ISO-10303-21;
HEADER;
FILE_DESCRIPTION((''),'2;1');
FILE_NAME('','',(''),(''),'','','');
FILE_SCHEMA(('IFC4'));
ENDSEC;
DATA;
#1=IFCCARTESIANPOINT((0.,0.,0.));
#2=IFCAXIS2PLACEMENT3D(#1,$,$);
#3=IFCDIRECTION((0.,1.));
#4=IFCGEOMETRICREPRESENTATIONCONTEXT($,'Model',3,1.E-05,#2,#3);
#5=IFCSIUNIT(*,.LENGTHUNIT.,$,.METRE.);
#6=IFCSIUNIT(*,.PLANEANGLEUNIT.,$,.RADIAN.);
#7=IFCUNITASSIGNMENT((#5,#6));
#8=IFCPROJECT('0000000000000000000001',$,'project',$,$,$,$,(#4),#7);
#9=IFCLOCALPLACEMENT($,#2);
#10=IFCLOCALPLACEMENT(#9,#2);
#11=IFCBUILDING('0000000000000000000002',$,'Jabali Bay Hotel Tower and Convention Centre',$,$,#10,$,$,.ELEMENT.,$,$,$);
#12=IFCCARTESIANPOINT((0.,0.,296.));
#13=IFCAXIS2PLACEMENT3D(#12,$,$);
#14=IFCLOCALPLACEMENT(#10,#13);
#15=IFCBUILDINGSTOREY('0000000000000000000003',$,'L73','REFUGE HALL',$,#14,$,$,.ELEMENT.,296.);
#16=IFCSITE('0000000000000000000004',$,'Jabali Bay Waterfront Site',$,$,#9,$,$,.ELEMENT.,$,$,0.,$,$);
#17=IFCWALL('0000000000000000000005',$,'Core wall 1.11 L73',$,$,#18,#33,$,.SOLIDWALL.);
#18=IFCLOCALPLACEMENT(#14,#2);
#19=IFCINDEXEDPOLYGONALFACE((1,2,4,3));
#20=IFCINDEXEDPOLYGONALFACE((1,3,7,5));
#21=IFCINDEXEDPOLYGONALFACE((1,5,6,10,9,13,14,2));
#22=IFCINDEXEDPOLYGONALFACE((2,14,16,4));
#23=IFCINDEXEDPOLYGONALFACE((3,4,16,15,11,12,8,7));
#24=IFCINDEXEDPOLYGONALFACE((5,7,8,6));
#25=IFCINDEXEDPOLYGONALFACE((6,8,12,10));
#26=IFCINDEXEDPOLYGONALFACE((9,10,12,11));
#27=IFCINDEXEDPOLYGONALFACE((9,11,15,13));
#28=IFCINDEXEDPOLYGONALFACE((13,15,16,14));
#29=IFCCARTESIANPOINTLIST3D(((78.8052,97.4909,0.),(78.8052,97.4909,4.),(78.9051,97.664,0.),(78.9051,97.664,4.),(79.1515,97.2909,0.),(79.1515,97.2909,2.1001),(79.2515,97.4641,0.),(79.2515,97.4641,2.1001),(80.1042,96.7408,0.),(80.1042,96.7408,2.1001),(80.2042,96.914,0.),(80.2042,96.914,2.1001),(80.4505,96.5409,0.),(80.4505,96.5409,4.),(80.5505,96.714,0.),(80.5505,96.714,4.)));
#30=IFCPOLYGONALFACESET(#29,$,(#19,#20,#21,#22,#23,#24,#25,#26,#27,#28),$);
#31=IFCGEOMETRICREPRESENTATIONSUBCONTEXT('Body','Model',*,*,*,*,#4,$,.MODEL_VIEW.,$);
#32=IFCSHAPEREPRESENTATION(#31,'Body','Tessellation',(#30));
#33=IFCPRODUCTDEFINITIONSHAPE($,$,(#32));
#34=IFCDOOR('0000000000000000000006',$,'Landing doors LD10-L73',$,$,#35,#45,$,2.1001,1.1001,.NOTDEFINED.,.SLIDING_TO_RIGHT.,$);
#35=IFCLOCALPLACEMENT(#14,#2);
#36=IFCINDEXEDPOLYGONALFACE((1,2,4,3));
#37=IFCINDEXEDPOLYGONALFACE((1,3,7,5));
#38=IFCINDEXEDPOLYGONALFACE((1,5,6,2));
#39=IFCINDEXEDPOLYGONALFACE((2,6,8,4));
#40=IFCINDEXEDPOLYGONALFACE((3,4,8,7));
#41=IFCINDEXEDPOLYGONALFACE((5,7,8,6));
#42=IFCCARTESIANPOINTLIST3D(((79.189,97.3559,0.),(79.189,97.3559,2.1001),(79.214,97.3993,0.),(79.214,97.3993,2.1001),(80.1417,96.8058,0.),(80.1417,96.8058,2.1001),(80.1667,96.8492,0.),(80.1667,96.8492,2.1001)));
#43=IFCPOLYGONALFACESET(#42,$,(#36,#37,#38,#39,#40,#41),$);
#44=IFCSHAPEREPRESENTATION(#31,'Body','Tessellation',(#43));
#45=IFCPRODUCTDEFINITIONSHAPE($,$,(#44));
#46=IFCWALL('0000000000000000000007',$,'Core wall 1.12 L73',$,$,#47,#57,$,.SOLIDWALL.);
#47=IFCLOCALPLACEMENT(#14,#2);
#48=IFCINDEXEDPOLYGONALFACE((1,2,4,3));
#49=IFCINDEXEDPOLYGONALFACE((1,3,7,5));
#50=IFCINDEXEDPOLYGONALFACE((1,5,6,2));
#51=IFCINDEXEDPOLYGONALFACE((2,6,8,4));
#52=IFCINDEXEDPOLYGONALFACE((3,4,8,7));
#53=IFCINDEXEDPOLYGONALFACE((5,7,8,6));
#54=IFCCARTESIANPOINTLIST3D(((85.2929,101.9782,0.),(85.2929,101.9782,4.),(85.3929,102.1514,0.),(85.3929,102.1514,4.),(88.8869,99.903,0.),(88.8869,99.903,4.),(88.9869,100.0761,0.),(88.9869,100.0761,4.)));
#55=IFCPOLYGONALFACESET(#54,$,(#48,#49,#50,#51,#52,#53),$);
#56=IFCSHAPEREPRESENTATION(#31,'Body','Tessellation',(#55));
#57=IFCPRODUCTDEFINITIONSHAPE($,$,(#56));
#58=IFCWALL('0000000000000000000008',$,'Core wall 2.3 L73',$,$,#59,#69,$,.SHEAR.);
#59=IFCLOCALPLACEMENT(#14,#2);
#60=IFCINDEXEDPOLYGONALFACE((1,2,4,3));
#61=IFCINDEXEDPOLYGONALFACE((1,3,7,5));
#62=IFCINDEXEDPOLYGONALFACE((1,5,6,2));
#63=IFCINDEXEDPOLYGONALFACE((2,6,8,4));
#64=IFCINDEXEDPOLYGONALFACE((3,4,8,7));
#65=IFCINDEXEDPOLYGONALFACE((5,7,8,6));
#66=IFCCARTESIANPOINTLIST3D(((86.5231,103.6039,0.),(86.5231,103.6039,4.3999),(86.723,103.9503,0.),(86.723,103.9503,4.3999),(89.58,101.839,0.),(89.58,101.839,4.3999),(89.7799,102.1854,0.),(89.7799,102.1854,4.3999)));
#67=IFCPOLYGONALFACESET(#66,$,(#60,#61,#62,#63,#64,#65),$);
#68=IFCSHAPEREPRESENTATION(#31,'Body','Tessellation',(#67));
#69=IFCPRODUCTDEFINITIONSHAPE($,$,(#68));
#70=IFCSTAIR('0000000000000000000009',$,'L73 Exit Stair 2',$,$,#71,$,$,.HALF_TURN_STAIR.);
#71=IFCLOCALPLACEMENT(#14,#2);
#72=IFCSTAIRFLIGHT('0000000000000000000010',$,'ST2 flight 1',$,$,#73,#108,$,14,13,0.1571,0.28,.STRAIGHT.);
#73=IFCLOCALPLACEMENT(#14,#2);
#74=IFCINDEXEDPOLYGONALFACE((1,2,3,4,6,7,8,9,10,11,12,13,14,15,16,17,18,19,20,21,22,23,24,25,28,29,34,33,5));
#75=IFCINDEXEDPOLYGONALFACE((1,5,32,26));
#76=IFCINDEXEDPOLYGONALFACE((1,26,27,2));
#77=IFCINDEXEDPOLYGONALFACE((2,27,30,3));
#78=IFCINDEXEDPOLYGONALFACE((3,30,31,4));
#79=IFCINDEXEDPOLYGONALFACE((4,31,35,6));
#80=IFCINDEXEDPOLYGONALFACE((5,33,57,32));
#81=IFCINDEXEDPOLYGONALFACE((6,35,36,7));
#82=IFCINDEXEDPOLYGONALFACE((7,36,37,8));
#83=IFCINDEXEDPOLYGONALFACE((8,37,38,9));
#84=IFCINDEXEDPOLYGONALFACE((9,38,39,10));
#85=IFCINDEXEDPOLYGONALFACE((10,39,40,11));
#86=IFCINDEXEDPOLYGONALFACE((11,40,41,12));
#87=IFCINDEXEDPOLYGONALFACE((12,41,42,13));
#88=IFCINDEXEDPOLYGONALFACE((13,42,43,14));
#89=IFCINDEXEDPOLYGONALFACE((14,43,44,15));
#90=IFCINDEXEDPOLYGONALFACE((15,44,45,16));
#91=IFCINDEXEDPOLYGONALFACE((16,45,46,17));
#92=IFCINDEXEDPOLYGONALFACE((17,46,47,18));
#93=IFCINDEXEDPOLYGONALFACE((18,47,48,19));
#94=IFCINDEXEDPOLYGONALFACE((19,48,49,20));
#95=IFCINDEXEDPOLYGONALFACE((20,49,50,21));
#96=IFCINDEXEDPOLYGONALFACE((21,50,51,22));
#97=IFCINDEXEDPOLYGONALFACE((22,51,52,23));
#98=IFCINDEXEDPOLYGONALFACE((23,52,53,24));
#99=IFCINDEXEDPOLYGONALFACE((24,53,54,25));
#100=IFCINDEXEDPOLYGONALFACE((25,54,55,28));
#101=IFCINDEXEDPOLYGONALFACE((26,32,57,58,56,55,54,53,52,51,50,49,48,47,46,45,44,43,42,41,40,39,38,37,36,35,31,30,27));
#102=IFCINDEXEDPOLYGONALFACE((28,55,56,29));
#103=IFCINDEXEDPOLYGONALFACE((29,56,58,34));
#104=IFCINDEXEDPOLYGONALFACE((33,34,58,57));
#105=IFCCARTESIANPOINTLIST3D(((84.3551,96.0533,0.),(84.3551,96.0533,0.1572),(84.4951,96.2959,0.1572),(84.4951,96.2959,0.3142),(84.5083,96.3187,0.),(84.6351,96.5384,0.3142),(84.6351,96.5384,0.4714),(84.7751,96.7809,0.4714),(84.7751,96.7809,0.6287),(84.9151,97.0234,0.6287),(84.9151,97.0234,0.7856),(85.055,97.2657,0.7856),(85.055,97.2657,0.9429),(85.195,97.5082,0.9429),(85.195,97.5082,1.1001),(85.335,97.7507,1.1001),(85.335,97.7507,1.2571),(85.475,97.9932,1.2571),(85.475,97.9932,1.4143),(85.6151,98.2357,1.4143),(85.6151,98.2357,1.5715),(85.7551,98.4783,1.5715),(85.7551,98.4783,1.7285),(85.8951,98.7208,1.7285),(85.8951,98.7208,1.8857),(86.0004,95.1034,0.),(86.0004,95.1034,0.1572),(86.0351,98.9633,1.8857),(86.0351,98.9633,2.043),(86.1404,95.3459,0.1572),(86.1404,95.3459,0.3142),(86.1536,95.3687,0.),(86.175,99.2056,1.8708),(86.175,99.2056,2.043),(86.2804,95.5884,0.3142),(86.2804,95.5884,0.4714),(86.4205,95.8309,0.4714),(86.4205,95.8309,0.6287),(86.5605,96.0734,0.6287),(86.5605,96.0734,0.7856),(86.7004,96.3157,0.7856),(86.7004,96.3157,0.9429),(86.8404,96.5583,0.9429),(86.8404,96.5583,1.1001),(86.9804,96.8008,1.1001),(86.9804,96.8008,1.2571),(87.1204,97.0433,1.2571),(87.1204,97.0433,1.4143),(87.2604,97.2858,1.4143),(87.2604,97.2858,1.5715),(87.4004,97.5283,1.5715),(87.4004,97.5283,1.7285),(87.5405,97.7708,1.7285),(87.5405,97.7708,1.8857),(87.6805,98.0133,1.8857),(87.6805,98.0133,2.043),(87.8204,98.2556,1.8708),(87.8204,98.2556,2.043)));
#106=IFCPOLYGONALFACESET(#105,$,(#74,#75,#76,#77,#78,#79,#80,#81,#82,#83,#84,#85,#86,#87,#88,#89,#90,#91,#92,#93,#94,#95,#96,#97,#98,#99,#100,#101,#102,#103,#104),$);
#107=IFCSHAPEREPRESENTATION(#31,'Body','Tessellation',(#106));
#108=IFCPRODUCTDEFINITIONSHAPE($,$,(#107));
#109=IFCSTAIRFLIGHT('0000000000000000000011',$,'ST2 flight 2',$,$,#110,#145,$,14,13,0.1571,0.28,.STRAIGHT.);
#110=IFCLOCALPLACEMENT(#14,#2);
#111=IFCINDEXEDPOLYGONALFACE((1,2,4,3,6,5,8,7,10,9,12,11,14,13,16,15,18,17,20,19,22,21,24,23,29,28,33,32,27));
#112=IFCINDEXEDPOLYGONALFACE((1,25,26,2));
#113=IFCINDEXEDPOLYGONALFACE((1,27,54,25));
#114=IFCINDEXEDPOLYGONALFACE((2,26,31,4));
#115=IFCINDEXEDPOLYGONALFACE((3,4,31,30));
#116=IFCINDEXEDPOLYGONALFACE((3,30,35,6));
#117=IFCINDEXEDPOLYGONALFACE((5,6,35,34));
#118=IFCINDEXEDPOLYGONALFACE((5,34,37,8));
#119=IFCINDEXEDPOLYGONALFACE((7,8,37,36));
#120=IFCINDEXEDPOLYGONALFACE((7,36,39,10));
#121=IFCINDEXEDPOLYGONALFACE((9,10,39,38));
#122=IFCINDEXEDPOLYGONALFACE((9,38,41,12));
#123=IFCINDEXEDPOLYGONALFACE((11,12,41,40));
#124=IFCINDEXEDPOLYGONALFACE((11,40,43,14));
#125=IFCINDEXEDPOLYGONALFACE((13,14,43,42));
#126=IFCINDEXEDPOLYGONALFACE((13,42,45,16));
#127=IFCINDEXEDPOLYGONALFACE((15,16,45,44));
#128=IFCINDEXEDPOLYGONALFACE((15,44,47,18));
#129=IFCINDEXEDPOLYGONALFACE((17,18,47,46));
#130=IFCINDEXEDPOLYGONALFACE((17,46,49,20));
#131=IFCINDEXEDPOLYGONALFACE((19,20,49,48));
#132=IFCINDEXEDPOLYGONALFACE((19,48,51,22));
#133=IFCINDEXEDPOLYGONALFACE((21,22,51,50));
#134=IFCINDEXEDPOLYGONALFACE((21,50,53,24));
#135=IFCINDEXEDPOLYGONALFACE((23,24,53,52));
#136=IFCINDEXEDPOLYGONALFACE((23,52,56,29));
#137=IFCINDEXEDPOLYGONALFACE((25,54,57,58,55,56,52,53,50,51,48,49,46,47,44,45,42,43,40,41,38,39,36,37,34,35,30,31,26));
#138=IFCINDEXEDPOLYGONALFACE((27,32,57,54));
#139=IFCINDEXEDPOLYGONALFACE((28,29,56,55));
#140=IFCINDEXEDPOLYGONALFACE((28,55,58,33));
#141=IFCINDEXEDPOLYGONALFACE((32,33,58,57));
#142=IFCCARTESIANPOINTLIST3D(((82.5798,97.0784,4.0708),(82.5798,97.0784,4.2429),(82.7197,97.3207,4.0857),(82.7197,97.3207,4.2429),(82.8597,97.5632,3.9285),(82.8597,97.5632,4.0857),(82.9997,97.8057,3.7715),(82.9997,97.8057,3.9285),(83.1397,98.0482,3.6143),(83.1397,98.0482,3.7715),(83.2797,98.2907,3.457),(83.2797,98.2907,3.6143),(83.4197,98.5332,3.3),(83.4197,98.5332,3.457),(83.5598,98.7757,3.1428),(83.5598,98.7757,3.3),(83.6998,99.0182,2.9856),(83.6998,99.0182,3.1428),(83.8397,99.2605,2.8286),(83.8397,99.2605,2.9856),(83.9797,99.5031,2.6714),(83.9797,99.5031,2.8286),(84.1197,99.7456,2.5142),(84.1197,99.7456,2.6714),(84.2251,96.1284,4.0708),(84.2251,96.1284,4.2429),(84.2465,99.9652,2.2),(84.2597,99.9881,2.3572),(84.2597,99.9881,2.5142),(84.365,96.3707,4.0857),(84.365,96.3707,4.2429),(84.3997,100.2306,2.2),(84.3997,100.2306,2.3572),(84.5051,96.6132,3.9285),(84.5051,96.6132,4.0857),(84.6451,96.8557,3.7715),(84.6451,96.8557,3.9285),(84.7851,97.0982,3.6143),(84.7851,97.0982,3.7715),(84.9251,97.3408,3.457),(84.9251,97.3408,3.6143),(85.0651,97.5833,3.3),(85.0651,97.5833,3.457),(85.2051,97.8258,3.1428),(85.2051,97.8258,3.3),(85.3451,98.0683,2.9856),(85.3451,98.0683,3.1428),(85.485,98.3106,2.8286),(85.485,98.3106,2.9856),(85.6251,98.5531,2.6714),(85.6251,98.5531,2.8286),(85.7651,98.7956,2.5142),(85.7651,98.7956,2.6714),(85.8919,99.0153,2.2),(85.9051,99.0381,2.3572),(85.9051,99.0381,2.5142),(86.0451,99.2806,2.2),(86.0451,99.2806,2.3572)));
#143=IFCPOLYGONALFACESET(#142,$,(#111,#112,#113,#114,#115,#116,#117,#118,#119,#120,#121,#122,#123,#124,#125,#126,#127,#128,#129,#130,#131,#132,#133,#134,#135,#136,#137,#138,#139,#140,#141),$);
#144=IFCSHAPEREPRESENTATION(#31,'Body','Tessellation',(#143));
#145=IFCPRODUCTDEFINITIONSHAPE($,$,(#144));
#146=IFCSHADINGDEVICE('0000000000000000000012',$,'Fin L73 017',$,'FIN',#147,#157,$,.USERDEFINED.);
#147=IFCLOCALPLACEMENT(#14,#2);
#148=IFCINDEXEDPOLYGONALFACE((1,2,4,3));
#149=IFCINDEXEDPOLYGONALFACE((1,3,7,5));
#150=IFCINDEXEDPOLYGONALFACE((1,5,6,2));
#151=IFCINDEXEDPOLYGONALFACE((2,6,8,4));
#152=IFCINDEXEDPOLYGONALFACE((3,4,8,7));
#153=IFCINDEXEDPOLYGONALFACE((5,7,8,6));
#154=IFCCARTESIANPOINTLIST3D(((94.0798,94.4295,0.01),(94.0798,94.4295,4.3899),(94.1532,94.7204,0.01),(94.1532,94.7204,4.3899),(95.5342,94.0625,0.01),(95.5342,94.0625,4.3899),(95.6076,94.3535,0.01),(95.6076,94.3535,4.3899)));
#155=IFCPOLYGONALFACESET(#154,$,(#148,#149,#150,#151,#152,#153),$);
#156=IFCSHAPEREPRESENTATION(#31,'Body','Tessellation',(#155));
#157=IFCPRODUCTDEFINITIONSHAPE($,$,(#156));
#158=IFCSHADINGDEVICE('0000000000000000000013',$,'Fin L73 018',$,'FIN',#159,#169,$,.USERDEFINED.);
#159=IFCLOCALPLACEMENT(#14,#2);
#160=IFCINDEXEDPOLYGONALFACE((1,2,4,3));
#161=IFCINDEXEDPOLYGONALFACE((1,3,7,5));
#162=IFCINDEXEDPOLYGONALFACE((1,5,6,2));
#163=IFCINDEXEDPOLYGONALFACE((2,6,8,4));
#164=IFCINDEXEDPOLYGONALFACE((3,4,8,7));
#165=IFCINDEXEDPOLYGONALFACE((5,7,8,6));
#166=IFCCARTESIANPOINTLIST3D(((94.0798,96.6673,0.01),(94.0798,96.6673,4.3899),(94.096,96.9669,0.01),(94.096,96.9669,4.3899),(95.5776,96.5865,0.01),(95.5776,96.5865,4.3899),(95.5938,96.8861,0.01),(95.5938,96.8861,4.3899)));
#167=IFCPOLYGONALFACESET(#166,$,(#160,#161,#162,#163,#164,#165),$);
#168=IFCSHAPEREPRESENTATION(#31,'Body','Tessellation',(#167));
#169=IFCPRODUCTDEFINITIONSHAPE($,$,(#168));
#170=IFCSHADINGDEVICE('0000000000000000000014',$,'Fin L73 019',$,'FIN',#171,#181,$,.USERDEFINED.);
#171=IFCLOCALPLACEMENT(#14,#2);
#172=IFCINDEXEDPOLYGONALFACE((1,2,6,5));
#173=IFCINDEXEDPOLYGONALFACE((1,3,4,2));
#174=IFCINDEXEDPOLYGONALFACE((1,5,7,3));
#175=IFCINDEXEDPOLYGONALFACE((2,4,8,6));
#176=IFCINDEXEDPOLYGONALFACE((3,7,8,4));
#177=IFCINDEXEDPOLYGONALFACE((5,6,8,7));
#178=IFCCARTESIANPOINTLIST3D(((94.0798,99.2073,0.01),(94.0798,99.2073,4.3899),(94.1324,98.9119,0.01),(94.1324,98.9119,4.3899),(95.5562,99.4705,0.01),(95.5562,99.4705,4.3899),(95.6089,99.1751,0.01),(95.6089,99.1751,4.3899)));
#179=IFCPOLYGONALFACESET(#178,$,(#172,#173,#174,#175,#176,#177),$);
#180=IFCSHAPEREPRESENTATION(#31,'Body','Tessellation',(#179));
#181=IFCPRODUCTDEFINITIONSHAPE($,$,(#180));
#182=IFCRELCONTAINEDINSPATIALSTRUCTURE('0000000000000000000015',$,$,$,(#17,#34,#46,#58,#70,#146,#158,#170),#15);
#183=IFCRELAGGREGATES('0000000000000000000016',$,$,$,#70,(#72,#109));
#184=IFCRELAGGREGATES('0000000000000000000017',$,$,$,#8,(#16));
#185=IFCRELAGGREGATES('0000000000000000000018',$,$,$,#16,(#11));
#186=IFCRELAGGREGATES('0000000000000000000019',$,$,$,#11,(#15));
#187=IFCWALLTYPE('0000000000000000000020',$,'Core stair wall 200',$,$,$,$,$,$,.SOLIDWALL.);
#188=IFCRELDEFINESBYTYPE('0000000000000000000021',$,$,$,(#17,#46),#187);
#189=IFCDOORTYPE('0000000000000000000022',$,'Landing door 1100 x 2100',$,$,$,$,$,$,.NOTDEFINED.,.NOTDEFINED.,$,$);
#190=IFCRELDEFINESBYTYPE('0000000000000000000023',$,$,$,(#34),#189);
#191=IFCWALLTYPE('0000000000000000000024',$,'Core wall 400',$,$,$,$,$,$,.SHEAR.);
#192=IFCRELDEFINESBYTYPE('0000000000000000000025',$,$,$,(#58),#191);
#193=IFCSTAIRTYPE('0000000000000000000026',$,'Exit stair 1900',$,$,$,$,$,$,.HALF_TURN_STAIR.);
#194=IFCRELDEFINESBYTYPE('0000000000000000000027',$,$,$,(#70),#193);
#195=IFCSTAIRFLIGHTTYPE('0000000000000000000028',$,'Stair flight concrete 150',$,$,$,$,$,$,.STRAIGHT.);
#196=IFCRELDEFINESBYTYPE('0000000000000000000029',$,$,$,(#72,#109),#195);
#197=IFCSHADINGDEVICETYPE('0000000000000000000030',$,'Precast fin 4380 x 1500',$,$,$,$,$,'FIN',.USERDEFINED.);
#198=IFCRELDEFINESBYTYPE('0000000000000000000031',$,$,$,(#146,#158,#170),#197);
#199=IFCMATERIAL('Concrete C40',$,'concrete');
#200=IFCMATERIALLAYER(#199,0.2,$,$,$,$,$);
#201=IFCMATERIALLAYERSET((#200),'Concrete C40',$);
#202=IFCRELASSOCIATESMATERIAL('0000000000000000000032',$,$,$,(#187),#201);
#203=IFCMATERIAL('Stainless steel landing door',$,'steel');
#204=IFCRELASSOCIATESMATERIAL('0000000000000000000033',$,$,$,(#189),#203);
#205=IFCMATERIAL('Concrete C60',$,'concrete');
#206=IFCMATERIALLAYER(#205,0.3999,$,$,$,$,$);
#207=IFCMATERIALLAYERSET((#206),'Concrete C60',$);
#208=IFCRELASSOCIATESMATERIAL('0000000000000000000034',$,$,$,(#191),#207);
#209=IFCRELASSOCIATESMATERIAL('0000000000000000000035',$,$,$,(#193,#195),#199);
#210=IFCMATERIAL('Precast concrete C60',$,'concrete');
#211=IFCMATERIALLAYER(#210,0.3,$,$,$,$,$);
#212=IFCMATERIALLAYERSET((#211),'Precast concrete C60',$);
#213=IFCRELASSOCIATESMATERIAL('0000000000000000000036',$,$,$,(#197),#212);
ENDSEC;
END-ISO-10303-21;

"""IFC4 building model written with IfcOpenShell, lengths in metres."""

from ifc_helpers import new_model, si_unit, direction, frame, frame_2d, origin, place, context, subcontext, project, spatial, polyline, rectangle, outline, extrude, material, layer, layer_set, type_object, element, fill, aggregate, save


model = new_model("IFC4")

# Units and contexts
model_context = context("Model", 3, precision=1e-05, world=origin(), true_north=direction((0.0, 1.0)))
body_context = subcontext(model_context, "Body", "Model", "MODEL_VIEW")
ifc_project = project(units=[si_unit("LENGTHUNIT", "METRE"), si_unit("PLANEANGLEUNIT", "RADIAN")], contexts=[model_context])

# Site, building, storey
site_placement = place(None, origin())
site = spatial("IfcSite", under=ifc_project, at=site_placement, Name="Jabali Bay Waterfront Site", CompositionType="ELEMENT", RefElevation=0.0)
building_placement = place(site_placement, origin())
building = spatial("IfcBuilding", under=site, at=building_placement, Name="Jabali Bay Hotel Tower and Convention Centre", CompositionType="ELEMENT")
storey_placement = place(building_placement, frame((0.0, 0.0, 296.0)))
storey = spatial("IfcBuildingStorey", under=building, at=storey_placement, Name="L73", Description="REFUGE HALL", CompositionType="ELEMENT", Elevation=296.0)

# Shared definitions
ifc_material_1 = material(Name="Concrete C60", Category="concrete")

# Shared definitions
ifc_material_2 = material(Name="Concrete C40", Category="concrete")

# Shared definitions
ifc_layer_1 = layer(ifc_material_2, 0.2)
ifc_layer_set_1 = layer_set([ifc_layer_1], Name="Concrete C40")
wall_type_1 = type_object("IfcWallType", Name="Core stair wall 200", PredefinedType="SOLIDWALL", material=ifc_layer_set_1)

# Wall, opening, door
wall_1_placement = place(storey_placement, frame((80.5005, 96.6274, 0.0), z_axis=(0.0, 0.0, 1.0), x_axis=(-0.866012, 0.500023, 0.0)))
wall_1 = element("IfcWall", 1, at=wall_1_placement, inside=storey, type_object=wall_type_1, Name="Core wall 1.11 L73", PredefinedType="SOLIDWALL", context=body_context, shape_type="SweptSolid", body=[
    extrude(rectangle(XDim=1.8999, YDim=0.2, at=frame_2d((0.95, 0.0))), origin(), (0.0, 0.0, 1.0), 4.0),
])
opening_1_placement = place(wall_1_placement, frame((0.3999, 0.0, 0.0)))
opening_1 = element("IfcOpeningElement", 2, at=opening_1_placement, cuts=wall_1, PredefinedType="OPENING", context=body_context, shape_type="SweptSolid", body=[
    extrude(rectangle(XDim=1.1001, YDim=2.1001, at=frame_2d((0.55, 1.05))), frame((0.0, 0.1104, 0.0), z_axis=(0.0, -1.0, 0.0), x_axis=(1.0, 0.0, 0.0)), (0.0, 0.0, 1.0), 0.2209),
])
ifc_material_3 = material(Name="Stainless steel landing door", Category="steel")
door_type_1 = type_object("IfcDoorType", Name="Landing door 1100 x 2100", OperationType="NOTDEFINED", PredefinedType="NOTDEFINED", material=ifc_material_3)
door_1_placement = place(opening_1_placement, origin())
door_1 = element("IfcDoor", 3, at=door_1_placement, inside=storey, type_object=door_type_1, Name="Landing doors LD10-L73", OperationType="SLIDING_TO_RIGHT", OverallHeight=2.1001, OverallWidth=1.1001, PredefinedType="NOTDEFINED", context=body_context, shape_type="SweptSolid", body=[
    extrude(rectangle(XDim=1.1001, YDim=2.1001, at=frame_2d((0.55, 1.05))), frame((0.0, 0.0249, 0.0), z_axis=(0.0, -1.0, 0.0), x_axis=(1.0, 0.0, 0.0)), (0.0, 0.0, 1.0), 0.05),
])
fill(opening_1, door_1)

# Walls
wall_2_placement = place(storey_placement, frame((88.937, 99.9895, 0.0), z_axis=(0.0, 0.0, 1.0), x_axis=(-0.866004, 0.500036, 0.0)))
element("IfcWall", 4, at=wall_2_placement, inside=storey, type_object=wall_type_1, Name="Core wall 1.12 L73", PredefinedType="SOLIDWALL", context=body_context, shape_type="SweptSolid", body=[
    extrude(rectangle(XDim=4.1501, YDim=0.2, at=frame_2d((2.0752, 0.0))), origin(), (0.0, 0.0, 1.0), 4.0),
])
ifc_layer_2 = layer(ifc_material_1, 0.3999)
ifc_layer_set_2 = layer_set([ifc_layer_2], Name="Concrete C60")
wall_type_2 = type_object("IfcWallType", Name="Core wall 400", PredefinedType="SHEAR", material=ifc_layer_set_2)
wall_3_placement = place(storey_placement, frame((89.6799, 102.0122, 0.0), z_axis=(0.0, 0.0, 1.0), x_axis=(-0.866025, 0.5, 0.0)))
element("IfcWall", 5, at=wall_3_placement, inside=storey, type_object=wall_type_2, Name="Core wall 2.3 L73", PredefinedType="SHEAR", context=body_context, shape_type="SweptSolid", body=[
    extrude(rectangle(XDim=3.5298, YDim=0.3999, at=frame_2d((1.7649, 0.0))), origin(), (0.0, 0.0, 1.0), 4.3999),
])

# Stair, stair flights
stair_type = type_object("IfcStairType", Name="Exit stair 1900", PredefinedType="HALF_TURN_STAIR", material=ifc_material_2)
stair_placement = place(storey_placement, origin())
stair = element("IfcStair", 6, at=stair_placement, inside=storey, type_object=stair_type, Name="L73 Exit Stair 2", PredefinedType="HALF_TURN_STAIR")
stair_flight_type = type_object("IfcStairFlightType", Name="Stair flight concrete 150", PredefinedType="STRAIGHT", material=ifc_material_2)
stair_flight_1_placement = place(storey_placement, frame((85.1777, 95.5784, 0.0), z_axis=(0.0, 0.0, 1.0), x_axis=(0.5, 0.866025, 0.0)))
stair_flight_1 = element("IfcStairFlight", 7, at=stair_flight_1_placement, type_object=stair_flight_type, Name="ST2 flight 1", NumberOfRisers=14, NumberOfTreads=13, PredefinedType="STRAIGHT", RiserHeight=0.1571, TreadLength=0.28, context=body_context, shape_type="SweptSolid", body=[
    extrude(outline(polyline([(0.0, 0.0), (0.0, 0.1572), (0.28, 0.1572), (0.28, 0.3142), (0.5601, 0.3142), (0.5601, 0.4714), (0.8401, 0.4714), (0.8401, 0.6287), (1.1201, 0.6287), (1.1201, 0.7856), (1.3999, 0.7856), (1.3999, 0.9429), (1.6799, 0.9429), (1.6799, 1.1001), (1.96, 1.1001), (1.96, 1.2571), (2.24, 1.2571), (2.24, 1.4143), (2.52, 1.4143), (2.52, 1.5715), (2.8, 1.5715), (2.8, 1.7285), (3.0801, 1.7285), (3.0801, 1.8857), (3.3601, 1.8857), (3.3601, 2.043), (3.6399, 2.043), (3.6399, 2.2), (3.6399, 1.8708), (0.3064, 0.0), (0.0, 0.0)])), frame((0.0, 0.95, 0.0), z_axis=(0.0, -1.0, 0.0), x_axis=(1.0, 0.0, 0.0)), (0.0, 0.0, 1.0), 1.8999),
])
stair_flight_2_placement = place(storey_placement, frame((85.2224, 99.7556, 2.2), z_axis=(0.0, 0.0, 1.0), x_axis=(-0.5, -0.866025, 0.0)))
stair_flight_2 = element("IfcStairFlight", 8, at=stair_flight_2_placement, type_object=stair_flight_type, Name="ST2 flight 2", NumberOfRisers=14, NumberOfTreads=13, PredefinedType="STRAIGHT", RiserHeight=0.1571, TreadLength=0.28, context=body_context, shape_type="SweptSolid", body=[
    extrude(outline(polyline([(0.0, 0.0), (0.0, 0.1572), (0.28, 0.1572), (0.28, 0.3142), (0.5601, 0.3142), (0.5601, 0.4714), (0.8401, 0.4714), (0.8401, 0.6287), (1.1201, 0.6287), (1.1201, 0.7856), (1.3999, 0.7856), (1.3999, 0.9429), (1.6799, 0.9429), (1.6799, 1.1001), (1.96, 1.1001), (1.96, 1.2571), (2.24, 1.2571), (2.24, 1.4143), (2.52, 1.4143), (2.52, 1.5715), (2.8, 1.5715), (2.8, 1.7285), (3.0801, 1.7285), (3.0801, 1.8857), (3.3601, 1.8857), (3.3601, 2.043), (3.6399, 2.043), (3.6399, 2.2), (3.6399, 1.8708), (0.3064, 0.0), (0.0, 0.0)])), frame((0.0, 0.95, 0.0), z_axis=(0.0, -1.0, 0.0), x_axis=(1.0, 0.0, 0.0)), (0.0, 0.0, 1.0), 1.8999),
])
aggregate(stair, [stair_flight_1, stair_flight_2])

# Shading devices
ifc_material_4 = material(Name="Precast concrete C60", Category="concrete")
ifc_layer_3 = layer(ifc_material_4, 0.3)
ifc_layer_set_3 = layer_set([ifc_layer_3], Name="Precast concrete C60")
shading_device_type = type_object("IfcShadingDeviceType", Name="Precast fin 4380 x 1500", ElementType="FIN", PredefinedType="USERDEFINED", material=ifc_layer_set_3)
for number, where, z_axis, x_axis, name in (
    (9, (94.1165, 94.575, 0.01), (0.0, 0.0, 1.0), (0.969614, -0.244641, 0.0), "Fin L73 017"),
    (10, (94.0879, 96.8171, 0.01), (0.0, 0.0, 1.0), (0.998548, -0.053874, 0.0), "Fin L73 018"),
):
    element("IfcShadingDevice", number, at=place(storey_placement, frame(where, z_axis=z_axis, x_axis=x_axis)), inside=storey, type_object=shading_device_type, Name=name, ObjectType="FIN", PredefinedType="USERDEFINED", context=body_context, shape_type="SweptSolid", body=[
        extrude(rectangle(XDim=1.5, YDim=0.3, at=frame_2d((0.75, 0.0))), origin(), (0.0, 0.0, 1.0), 4.3799),
    ])
shading_device_1_placement = place(storey_placement, frame((94.106, 99.0596, 0.01), z_axis=(0.0, 0.0, 1.0), x_axis=(0.984484, 0.175475, 0.0)))
element("IfcShadingDevice", 11, at=shading_device_1_placement, inside=storey, type_object=shading_device_type, Name="Fin L73 019", ObjectType="FIN", PredefinedType="USERDEFINED", context=body_context, shape_type="SweptSolid", body=[
    extrude(rectangle(XDim=1.4998, YDim=0.3, at=frame_2d((0.75, 0.0))), origin(), (0.0, 0.0, 1.0), 4.3799),
])

save(model, "model.ifc")
